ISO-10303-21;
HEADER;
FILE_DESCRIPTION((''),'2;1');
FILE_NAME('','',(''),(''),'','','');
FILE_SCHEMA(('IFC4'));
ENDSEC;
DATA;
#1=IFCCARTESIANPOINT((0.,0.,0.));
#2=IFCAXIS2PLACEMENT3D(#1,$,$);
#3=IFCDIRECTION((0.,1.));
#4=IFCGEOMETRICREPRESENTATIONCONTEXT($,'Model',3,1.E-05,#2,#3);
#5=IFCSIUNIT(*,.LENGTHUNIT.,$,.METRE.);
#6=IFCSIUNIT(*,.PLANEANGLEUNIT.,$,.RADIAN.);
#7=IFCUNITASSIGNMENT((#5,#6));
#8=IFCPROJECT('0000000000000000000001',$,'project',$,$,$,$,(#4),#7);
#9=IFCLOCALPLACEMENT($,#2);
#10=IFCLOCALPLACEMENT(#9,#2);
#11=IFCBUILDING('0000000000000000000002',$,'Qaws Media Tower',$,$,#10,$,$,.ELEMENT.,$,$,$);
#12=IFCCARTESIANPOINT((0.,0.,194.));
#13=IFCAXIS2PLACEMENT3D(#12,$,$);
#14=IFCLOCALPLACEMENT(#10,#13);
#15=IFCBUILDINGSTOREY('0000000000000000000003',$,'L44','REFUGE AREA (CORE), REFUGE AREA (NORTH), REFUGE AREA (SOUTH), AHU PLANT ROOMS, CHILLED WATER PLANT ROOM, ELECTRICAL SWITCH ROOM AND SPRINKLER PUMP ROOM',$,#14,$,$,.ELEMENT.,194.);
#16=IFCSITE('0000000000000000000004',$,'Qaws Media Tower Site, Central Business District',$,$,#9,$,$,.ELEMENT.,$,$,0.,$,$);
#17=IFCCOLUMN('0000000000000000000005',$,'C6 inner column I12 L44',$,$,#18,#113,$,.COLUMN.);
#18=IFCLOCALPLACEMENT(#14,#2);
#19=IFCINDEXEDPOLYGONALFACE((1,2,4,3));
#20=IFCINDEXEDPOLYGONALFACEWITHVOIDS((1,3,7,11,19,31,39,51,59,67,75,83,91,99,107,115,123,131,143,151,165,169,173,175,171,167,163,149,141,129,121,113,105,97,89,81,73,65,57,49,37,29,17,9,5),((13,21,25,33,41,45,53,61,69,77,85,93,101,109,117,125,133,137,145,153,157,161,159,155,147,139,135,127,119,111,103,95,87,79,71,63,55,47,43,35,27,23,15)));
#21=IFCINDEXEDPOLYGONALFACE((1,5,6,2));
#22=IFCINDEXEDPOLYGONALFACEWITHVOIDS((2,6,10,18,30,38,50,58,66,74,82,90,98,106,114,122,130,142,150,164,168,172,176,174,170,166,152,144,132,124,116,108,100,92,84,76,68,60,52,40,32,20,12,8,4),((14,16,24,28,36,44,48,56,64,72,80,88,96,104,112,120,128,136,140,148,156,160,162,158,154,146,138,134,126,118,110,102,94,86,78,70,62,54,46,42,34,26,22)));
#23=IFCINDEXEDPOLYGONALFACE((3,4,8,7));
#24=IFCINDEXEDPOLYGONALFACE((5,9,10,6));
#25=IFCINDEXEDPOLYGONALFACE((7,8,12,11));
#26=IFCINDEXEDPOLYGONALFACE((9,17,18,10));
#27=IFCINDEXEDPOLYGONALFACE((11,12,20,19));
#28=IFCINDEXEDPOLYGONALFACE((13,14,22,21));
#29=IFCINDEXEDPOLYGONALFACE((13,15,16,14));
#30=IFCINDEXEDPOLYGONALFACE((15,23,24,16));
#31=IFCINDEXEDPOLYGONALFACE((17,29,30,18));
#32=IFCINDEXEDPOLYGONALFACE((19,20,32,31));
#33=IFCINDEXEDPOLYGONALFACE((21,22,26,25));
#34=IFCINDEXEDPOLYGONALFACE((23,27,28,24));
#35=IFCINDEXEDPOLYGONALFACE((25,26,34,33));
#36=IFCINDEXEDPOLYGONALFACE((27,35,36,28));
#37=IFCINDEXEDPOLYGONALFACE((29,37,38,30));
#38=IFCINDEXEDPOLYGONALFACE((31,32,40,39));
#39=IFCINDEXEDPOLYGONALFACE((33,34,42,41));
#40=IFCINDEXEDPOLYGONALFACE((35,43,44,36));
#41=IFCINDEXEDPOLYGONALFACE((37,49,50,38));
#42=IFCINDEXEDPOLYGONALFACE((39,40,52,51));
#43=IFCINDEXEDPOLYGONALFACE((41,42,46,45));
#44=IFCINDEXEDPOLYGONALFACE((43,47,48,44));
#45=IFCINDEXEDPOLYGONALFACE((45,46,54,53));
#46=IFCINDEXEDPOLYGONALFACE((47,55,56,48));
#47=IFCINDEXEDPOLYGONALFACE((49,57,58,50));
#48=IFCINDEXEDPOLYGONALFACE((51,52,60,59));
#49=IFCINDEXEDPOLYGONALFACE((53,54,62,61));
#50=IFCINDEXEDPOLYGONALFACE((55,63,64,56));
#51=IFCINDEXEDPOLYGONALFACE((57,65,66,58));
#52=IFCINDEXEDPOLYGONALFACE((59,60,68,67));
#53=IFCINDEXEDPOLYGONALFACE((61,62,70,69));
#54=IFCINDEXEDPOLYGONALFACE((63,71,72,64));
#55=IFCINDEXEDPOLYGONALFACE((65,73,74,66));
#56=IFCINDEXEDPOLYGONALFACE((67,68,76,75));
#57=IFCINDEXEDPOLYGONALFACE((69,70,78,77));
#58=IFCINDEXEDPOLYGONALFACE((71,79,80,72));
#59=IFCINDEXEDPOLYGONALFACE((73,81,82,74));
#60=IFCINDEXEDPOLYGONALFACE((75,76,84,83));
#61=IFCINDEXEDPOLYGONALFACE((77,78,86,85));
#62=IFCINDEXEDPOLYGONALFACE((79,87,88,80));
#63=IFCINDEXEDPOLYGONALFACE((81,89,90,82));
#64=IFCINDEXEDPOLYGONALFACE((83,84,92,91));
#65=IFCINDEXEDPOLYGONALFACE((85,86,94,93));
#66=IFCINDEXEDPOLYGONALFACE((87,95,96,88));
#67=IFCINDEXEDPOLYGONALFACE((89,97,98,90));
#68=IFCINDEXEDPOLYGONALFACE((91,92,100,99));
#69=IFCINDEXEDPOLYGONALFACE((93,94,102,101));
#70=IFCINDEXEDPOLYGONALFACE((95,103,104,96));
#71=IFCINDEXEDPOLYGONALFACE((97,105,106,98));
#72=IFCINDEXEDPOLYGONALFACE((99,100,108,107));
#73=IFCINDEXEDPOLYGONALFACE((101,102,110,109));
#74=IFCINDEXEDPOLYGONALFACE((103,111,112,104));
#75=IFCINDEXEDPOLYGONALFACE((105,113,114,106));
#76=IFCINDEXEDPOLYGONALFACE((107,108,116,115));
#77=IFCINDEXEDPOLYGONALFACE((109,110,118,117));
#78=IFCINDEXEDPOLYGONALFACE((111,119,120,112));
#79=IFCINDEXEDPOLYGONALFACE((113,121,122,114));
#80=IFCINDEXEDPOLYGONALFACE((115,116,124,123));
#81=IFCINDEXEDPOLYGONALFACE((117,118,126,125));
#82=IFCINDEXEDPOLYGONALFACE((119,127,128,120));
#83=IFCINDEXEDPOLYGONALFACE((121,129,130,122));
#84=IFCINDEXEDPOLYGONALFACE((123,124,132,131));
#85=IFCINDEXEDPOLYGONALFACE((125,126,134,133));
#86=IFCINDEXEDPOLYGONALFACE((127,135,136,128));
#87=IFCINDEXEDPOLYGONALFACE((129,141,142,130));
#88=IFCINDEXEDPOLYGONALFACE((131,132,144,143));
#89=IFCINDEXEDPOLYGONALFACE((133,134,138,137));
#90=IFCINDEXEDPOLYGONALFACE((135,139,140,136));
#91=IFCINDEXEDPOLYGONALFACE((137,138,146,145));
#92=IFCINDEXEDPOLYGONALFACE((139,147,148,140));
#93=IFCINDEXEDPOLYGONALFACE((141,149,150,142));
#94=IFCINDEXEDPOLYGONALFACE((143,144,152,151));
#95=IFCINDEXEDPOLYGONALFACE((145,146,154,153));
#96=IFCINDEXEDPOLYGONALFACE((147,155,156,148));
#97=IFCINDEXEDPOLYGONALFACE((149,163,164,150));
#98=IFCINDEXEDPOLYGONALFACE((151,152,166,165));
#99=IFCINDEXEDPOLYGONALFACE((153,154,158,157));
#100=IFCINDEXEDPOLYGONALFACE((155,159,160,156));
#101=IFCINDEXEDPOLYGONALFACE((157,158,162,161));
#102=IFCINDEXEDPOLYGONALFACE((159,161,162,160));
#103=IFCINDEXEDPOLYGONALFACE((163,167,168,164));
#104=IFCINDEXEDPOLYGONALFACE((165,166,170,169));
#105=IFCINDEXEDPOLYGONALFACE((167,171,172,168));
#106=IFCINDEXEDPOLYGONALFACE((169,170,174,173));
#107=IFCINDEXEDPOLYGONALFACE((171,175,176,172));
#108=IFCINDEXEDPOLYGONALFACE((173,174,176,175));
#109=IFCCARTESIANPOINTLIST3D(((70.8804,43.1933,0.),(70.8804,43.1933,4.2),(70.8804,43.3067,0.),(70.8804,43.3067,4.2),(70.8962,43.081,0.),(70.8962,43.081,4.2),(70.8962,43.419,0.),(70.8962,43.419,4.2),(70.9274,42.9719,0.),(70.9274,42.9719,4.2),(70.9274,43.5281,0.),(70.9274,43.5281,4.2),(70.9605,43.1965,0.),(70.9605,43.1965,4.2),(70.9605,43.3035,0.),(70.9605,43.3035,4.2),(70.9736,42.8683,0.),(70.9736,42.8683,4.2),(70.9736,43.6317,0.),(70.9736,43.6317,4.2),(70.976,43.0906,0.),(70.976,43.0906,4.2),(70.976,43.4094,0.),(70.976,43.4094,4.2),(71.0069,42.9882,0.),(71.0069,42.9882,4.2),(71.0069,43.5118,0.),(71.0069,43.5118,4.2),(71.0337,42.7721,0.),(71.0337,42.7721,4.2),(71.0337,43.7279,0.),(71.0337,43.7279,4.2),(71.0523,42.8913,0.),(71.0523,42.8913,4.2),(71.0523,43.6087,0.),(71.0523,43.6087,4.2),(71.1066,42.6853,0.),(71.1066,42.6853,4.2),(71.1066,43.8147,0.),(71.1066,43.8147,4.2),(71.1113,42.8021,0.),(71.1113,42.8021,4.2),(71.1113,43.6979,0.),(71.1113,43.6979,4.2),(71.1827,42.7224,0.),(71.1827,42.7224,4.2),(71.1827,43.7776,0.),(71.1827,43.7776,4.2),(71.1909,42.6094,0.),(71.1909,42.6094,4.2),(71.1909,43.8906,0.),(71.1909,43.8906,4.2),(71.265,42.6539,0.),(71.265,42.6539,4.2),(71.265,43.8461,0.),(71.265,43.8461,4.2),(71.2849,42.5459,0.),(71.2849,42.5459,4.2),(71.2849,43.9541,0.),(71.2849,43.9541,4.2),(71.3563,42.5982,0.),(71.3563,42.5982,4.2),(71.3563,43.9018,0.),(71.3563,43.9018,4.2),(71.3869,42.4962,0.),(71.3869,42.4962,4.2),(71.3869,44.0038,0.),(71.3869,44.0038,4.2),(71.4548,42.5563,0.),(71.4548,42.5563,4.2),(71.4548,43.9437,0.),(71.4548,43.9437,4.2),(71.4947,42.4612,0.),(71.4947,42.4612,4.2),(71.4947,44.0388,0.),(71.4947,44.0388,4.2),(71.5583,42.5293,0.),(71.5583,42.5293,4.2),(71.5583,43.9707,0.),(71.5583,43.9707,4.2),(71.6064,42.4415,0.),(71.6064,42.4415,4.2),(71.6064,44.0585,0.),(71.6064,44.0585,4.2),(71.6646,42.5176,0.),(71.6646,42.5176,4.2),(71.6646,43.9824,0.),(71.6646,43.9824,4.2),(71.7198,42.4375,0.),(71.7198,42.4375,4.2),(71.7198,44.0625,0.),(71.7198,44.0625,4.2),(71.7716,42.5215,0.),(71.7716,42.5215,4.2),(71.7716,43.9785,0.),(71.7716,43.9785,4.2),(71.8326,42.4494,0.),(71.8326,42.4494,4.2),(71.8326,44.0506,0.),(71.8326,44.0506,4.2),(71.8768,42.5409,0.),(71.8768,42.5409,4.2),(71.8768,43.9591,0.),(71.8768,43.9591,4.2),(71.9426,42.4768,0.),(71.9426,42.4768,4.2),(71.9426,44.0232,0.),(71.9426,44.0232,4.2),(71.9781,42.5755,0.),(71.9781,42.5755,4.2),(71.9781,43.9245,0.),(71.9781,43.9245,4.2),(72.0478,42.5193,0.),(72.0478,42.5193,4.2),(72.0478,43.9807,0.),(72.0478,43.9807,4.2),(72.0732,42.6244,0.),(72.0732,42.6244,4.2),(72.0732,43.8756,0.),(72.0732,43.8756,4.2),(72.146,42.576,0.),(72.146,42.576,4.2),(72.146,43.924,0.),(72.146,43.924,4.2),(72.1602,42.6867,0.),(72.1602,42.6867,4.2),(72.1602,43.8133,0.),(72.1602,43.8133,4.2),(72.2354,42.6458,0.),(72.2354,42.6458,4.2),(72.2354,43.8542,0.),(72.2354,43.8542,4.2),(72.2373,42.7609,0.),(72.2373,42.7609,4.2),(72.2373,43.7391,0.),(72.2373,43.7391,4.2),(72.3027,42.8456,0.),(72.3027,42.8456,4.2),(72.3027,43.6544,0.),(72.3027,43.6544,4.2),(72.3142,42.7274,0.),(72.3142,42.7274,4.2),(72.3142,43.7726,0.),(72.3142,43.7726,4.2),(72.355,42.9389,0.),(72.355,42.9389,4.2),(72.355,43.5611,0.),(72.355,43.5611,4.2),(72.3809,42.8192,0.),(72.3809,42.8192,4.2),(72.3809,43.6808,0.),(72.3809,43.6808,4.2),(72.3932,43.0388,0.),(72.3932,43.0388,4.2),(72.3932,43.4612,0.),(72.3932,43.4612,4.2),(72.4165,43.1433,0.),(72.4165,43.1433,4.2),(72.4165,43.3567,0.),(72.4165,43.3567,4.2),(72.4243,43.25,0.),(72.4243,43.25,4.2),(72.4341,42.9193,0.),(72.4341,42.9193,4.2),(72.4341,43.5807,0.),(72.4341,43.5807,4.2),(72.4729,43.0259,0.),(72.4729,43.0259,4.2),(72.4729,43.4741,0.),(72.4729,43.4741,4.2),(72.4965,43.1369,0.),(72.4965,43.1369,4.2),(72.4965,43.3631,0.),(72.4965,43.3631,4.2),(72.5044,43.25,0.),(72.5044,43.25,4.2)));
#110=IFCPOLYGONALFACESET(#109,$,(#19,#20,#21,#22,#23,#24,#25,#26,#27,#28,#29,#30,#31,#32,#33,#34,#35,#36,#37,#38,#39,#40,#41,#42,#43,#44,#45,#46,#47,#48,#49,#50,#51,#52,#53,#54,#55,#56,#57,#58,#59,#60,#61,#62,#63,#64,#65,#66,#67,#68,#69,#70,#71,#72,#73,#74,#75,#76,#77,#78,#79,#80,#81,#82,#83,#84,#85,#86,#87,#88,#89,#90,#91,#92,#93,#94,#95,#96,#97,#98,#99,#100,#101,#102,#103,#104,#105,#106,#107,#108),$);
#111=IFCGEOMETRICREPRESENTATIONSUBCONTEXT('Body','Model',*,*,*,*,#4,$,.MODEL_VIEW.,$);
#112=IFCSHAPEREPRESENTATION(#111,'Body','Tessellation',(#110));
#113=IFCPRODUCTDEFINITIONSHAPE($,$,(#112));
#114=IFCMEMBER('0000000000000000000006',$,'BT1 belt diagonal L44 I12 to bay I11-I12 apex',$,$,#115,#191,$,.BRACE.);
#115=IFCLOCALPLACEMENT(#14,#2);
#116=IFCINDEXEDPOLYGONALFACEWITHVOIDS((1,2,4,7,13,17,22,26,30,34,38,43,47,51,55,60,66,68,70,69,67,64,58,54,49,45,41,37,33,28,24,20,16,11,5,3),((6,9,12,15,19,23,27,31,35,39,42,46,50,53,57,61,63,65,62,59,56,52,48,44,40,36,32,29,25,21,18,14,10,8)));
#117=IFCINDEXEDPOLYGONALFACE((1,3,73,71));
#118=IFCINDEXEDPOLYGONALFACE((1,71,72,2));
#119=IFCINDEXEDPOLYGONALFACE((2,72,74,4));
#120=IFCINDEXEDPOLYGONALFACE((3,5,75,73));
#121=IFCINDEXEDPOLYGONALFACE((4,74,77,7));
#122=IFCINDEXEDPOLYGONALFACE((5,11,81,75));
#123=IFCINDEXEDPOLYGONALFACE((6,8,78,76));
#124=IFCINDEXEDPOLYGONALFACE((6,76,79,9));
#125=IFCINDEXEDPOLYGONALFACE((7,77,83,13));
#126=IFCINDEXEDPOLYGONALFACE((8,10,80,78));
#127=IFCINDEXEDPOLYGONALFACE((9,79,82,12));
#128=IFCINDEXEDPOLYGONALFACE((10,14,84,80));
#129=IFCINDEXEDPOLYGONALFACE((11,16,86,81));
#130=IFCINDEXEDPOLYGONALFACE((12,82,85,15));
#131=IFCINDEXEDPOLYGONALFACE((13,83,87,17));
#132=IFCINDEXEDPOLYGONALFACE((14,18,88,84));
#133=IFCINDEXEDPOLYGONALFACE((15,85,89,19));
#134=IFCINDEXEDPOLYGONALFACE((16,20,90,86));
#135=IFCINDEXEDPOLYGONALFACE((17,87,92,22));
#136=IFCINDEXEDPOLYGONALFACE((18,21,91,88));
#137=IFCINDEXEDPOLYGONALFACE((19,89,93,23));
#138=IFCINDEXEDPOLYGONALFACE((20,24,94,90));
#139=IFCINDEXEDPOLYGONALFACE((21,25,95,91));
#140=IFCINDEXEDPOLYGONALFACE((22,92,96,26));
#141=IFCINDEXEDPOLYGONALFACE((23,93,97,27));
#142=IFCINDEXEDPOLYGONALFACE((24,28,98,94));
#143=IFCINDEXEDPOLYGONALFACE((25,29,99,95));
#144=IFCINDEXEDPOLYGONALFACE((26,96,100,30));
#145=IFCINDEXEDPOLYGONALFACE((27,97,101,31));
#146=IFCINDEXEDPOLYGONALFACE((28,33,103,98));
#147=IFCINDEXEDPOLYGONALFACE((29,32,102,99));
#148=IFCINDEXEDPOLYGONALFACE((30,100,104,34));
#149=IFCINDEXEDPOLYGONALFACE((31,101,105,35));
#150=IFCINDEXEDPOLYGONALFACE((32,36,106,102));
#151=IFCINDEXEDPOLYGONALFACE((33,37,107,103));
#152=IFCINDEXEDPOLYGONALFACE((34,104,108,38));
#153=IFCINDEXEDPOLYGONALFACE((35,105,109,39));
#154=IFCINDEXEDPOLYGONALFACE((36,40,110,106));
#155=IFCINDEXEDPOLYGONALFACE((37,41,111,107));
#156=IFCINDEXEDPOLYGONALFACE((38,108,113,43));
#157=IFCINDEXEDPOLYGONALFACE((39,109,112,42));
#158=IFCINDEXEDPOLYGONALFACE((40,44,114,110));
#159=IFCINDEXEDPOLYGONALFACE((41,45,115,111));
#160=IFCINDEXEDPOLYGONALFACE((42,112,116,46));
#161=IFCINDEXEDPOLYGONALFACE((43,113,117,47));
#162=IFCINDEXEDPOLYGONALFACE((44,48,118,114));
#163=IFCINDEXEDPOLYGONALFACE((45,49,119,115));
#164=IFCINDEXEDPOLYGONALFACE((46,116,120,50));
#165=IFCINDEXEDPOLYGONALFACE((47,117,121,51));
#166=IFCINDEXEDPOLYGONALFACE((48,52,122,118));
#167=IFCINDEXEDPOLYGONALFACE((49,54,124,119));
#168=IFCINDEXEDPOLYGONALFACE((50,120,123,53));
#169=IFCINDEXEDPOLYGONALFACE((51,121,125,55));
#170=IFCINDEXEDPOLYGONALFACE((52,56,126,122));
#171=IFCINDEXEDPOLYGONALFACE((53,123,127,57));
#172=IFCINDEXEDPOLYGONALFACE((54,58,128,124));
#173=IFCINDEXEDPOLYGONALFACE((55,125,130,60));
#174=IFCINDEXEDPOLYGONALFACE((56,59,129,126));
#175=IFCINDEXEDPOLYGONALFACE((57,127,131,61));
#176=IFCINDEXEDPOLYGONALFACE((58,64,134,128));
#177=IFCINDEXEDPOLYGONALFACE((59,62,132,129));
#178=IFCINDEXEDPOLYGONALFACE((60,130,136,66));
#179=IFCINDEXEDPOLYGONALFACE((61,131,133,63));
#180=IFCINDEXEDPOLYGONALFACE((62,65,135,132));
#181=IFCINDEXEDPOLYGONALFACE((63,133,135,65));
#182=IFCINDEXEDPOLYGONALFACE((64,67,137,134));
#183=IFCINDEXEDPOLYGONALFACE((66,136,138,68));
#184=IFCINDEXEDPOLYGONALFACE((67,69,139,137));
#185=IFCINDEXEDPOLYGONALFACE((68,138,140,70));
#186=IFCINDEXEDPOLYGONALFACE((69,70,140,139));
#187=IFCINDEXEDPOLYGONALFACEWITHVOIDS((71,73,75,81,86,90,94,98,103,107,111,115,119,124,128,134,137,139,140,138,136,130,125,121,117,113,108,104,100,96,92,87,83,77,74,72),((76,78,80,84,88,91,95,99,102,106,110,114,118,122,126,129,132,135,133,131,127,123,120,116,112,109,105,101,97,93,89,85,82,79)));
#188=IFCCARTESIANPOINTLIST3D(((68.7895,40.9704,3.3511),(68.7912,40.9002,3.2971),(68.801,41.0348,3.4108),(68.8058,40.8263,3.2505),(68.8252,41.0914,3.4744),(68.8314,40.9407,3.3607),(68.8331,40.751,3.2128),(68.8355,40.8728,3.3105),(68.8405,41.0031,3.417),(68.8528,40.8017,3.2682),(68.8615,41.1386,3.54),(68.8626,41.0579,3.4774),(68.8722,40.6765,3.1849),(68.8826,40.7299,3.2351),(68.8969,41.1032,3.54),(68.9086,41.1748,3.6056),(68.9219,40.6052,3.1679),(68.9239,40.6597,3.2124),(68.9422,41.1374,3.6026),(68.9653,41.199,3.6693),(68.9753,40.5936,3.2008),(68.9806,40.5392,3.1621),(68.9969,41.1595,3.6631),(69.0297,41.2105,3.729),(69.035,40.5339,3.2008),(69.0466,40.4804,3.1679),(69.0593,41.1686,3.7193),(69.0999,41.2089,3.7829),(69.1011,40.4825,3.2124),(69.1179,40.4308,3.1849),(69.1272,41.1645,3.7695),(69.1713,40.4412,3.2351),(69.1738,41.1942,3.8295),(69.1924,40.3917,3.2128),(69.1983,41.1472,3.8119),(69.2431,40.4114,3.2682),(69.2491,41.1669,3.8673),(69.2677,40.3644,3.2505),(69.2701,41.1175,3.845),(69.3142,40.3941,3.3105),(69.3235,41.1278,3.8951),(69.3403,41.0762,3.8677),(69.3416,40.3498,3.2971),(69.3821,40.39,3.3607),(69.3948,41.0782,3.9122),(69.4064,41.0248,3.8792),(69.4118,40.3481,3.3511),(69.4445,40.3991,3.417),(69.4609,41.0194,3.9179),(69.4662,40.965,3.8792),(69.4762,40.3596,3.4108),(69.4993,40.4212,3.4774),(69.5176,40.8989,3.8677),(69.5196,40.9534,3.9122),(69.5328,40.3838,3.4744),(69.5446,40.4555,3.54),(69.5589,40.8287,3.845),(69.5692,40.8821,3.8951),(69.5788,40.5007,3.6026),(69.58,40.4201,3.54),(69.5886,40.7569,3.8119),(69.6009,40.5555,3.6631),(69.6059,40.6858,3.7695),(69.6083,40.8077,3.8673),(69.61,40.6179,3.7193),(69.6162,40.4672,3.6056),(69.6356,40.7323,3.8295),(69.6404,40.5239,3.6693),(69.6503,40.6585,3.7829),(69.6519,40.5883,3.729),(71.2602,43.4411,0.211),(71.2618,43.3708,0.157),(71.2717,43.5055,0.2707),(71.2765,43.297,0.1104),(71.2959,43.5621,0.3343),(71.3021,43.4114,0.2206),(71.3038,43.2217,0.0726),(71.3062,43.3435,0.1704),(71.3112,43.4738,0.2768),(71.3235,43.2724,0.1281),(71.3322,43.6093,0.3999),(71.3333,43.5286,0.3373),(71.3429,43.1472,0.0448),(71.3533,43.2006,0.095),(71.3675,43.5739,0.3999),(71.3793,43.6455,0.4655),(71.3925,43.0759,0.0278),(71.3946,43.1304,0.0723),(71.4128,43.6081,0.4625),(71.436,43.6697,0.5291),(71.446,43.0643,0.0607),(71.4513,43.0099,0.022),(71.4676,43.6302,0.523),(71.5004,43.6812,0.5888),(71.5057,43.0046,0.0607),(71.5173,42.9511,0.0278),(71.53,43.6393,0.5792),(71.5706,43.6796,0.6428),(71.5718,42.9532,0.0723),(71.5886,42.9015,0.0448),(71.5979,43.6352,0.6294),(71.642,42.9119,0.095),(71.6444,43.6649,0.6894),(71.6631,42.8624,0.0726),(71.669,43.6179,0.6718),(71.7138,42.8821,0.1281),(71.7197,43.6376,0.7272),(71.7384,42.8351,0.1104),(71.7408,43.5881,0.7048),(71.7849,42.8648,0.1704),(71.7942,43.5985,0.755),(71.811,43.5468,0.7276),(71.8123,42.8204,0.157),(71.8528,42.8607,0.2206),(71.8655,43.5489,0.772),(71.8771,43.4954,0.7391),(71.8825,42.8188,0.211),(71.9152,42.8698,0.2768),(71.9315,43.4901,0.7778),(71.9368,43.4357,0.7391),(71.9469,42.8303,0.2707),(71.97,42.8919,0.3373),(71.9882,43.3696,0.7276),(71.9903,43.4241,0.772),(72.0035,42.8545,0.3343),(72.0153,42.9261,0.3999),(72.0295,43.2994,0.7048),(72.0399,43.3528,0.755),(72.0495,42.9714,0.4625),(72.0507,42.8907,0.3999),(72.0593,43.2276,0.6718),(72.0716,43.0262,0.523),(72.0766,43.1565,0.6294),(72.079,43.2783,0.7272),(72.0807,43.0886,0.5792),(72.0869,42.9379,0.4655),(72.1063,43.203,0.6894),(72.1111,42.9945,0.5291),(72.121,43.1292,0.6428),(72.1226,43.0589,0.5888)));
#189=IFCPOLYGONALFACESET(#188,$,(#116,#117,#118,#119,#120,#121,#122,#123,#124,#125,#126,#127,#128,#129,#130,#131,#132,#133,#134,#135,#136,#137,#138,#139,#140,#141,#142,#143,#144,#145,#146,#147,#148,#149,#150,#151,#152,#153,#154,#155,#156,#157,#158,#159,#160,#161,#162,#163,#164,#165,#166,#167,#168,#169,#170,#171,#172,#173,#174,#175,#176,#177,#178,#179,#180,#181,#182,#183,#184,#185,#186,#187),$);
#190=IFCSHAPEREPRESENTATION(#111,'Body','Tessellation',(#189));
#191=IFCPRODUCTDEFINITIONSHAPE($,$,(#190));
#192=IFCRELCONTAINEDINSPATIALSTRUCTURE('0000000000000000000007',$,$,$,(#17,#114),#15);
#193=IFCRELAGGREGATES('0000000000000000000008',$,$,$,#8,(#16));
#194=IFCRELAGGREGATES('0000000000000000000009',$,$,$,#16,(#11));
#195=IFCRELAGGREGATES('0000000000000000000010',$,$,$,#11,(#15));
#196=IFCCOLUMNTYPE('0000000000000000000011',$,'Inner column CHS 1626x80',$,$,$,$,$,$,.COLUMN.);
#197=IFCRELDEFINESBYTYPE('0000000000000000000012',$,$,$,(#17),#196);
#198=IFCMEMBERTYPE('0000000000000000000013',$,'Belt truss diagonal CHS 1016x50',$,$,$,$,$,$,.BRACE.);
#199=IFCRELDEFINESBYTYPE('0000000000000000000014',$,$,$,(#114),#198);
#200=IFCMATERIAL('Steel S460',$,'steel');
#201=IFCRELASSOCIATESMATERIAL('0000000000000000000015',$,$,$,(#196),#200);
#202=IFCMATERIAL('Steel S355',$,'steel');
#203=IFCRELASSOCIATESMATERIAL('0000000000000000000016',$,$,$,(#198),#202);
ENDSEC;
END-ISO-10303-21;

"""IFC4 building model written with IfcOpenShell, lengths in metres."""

from ifc_helpers import new_model, si_unit, direction, frame, origin, origin_2d, place, context, subcontext, project, spatial, hollow_circle, extrude, material, material_profile, profile_set, type_object, element, save


model = new_model("IFC4")

# Units and contexts
model_context = context("Model", 3, precision=1e-05, world=origin(), true_north=direction((0.0, 1.0)))
body_context = subcontext(model_context, "Body", "Model", "MODEL_VIEW")
ifc_project = project(units=[si_unit("LENGTHUNIT", "METRE"), si_unit("PLANEANGLEUNIT", "RADIAN")], contexts=[model_context])

# Site, building, storey
site_placement = place(None, origin())
site = spatial("IfcSite", under=ifc_project, at=site_placement, Name="Qaws Media Tower Site, Central Business District", CompositionType="ELEMENT", RefElevation=0.0)
building_placement = place(site_placement, origin())
building = spatial("IfcBuilding", under=site, at=building_placement, Name="Qaws Media Tower", CompositionType="ELEMENT")
storey_placement = place(building_placement, frame((0.0, 0.0, 194.0)))
storey = spatial("IfcBuildingStorey", under=building, at=storey_placement, Name="L44", Description="REFUGE AREA (CORE), REFUGE AREA (NORTH), REFUGE AREA (SOUTH), AHU PLANT ROOMS, CHILLED WATER PLANT ROOM, ELECTRICAL SWITCH ROOM AND SPRINKLER PUMP ROOM", CompositionType="ELEMENT", Elevation=194.0)

# Column
ifc_material_1 = material(Name="Steel S460", Category="steel")
ifc_material_profile_1 = material_profile(ifc_material_1, hollow_circle(Radius=0.813, WallThickness=0.0801, at=origin_2d()), Name="CHS 1626x80")
ifc_profile_set_1 = profile_set([ifc_material_profile_1], Name="Steel S460")
column_type = type_object("IfcColumnType", Name="Inner column CHS 1626x80", PredefinedType="COLUMN", material=ifc_profile_set_1)
column_placement = place(storey_placement, frame((71.6914, 43.25, 0.0), z_axis=(0.0, 0.0, 1.0), x_axis=(1.0, 0.0, 0.0)))
element("IfcColumn", 1, at=column_placement, inside=storey, type_object=column_type, Name="C6 inner column I12 L44", PredefinedType="COLUMN", context=body_context, shape_type="SweptSolid", body=[
    extrude(hollow_circle(Radius=0.813, WallThickness=0.0801, at=origin_2d()), origin(), (0.0, 0.0, 1.0), 4.2),
])

# Member
ifc_material_2 = material(Name="Steel S355", Category="steel")
ifc_material_profile_2 = material_profile(ifc_material_2, hollow_circle(Radius=0.5081, WallThickness=0.05, at=origin_2d()), Name="CHS 1016x50")
ifc_profile_set_2 = profile_set([ifc_material_profile_2], Name="Steel S355")
member_type_1 = type_object("IfcMemberType", Name="Belt truss diagonal CHS 1016x50", PredefinedType="BRACE", material=ifc_profile_set_2)
for number, where, z_axis, x_axis, name in (
    (2, (71.6914, 43.25, 0.3999), (-0.525929, -0.525929, 0.668429), (0.707107, -0.707107, 0.0), "BT1 belt diagonal L44 I12 to bay I11-I12 apex"),
):
    element("IfcMember", number, at=place(storey_placement, frame(where, z_axis=z_axis, x_axis=x_axis)), inside=storey, type_object=member_type_1, Name=name, PredefinedType="BRACE", context=body_context, shape_type="SweptSolid", body=[
        extrude(hollow_circle(Radius=0.5081, WallThickness=0.05, at=origin_2d()), origin(), (0.0, 0.0, 1.0), 4.6978),
    ])

save(model, "model.ifc")
